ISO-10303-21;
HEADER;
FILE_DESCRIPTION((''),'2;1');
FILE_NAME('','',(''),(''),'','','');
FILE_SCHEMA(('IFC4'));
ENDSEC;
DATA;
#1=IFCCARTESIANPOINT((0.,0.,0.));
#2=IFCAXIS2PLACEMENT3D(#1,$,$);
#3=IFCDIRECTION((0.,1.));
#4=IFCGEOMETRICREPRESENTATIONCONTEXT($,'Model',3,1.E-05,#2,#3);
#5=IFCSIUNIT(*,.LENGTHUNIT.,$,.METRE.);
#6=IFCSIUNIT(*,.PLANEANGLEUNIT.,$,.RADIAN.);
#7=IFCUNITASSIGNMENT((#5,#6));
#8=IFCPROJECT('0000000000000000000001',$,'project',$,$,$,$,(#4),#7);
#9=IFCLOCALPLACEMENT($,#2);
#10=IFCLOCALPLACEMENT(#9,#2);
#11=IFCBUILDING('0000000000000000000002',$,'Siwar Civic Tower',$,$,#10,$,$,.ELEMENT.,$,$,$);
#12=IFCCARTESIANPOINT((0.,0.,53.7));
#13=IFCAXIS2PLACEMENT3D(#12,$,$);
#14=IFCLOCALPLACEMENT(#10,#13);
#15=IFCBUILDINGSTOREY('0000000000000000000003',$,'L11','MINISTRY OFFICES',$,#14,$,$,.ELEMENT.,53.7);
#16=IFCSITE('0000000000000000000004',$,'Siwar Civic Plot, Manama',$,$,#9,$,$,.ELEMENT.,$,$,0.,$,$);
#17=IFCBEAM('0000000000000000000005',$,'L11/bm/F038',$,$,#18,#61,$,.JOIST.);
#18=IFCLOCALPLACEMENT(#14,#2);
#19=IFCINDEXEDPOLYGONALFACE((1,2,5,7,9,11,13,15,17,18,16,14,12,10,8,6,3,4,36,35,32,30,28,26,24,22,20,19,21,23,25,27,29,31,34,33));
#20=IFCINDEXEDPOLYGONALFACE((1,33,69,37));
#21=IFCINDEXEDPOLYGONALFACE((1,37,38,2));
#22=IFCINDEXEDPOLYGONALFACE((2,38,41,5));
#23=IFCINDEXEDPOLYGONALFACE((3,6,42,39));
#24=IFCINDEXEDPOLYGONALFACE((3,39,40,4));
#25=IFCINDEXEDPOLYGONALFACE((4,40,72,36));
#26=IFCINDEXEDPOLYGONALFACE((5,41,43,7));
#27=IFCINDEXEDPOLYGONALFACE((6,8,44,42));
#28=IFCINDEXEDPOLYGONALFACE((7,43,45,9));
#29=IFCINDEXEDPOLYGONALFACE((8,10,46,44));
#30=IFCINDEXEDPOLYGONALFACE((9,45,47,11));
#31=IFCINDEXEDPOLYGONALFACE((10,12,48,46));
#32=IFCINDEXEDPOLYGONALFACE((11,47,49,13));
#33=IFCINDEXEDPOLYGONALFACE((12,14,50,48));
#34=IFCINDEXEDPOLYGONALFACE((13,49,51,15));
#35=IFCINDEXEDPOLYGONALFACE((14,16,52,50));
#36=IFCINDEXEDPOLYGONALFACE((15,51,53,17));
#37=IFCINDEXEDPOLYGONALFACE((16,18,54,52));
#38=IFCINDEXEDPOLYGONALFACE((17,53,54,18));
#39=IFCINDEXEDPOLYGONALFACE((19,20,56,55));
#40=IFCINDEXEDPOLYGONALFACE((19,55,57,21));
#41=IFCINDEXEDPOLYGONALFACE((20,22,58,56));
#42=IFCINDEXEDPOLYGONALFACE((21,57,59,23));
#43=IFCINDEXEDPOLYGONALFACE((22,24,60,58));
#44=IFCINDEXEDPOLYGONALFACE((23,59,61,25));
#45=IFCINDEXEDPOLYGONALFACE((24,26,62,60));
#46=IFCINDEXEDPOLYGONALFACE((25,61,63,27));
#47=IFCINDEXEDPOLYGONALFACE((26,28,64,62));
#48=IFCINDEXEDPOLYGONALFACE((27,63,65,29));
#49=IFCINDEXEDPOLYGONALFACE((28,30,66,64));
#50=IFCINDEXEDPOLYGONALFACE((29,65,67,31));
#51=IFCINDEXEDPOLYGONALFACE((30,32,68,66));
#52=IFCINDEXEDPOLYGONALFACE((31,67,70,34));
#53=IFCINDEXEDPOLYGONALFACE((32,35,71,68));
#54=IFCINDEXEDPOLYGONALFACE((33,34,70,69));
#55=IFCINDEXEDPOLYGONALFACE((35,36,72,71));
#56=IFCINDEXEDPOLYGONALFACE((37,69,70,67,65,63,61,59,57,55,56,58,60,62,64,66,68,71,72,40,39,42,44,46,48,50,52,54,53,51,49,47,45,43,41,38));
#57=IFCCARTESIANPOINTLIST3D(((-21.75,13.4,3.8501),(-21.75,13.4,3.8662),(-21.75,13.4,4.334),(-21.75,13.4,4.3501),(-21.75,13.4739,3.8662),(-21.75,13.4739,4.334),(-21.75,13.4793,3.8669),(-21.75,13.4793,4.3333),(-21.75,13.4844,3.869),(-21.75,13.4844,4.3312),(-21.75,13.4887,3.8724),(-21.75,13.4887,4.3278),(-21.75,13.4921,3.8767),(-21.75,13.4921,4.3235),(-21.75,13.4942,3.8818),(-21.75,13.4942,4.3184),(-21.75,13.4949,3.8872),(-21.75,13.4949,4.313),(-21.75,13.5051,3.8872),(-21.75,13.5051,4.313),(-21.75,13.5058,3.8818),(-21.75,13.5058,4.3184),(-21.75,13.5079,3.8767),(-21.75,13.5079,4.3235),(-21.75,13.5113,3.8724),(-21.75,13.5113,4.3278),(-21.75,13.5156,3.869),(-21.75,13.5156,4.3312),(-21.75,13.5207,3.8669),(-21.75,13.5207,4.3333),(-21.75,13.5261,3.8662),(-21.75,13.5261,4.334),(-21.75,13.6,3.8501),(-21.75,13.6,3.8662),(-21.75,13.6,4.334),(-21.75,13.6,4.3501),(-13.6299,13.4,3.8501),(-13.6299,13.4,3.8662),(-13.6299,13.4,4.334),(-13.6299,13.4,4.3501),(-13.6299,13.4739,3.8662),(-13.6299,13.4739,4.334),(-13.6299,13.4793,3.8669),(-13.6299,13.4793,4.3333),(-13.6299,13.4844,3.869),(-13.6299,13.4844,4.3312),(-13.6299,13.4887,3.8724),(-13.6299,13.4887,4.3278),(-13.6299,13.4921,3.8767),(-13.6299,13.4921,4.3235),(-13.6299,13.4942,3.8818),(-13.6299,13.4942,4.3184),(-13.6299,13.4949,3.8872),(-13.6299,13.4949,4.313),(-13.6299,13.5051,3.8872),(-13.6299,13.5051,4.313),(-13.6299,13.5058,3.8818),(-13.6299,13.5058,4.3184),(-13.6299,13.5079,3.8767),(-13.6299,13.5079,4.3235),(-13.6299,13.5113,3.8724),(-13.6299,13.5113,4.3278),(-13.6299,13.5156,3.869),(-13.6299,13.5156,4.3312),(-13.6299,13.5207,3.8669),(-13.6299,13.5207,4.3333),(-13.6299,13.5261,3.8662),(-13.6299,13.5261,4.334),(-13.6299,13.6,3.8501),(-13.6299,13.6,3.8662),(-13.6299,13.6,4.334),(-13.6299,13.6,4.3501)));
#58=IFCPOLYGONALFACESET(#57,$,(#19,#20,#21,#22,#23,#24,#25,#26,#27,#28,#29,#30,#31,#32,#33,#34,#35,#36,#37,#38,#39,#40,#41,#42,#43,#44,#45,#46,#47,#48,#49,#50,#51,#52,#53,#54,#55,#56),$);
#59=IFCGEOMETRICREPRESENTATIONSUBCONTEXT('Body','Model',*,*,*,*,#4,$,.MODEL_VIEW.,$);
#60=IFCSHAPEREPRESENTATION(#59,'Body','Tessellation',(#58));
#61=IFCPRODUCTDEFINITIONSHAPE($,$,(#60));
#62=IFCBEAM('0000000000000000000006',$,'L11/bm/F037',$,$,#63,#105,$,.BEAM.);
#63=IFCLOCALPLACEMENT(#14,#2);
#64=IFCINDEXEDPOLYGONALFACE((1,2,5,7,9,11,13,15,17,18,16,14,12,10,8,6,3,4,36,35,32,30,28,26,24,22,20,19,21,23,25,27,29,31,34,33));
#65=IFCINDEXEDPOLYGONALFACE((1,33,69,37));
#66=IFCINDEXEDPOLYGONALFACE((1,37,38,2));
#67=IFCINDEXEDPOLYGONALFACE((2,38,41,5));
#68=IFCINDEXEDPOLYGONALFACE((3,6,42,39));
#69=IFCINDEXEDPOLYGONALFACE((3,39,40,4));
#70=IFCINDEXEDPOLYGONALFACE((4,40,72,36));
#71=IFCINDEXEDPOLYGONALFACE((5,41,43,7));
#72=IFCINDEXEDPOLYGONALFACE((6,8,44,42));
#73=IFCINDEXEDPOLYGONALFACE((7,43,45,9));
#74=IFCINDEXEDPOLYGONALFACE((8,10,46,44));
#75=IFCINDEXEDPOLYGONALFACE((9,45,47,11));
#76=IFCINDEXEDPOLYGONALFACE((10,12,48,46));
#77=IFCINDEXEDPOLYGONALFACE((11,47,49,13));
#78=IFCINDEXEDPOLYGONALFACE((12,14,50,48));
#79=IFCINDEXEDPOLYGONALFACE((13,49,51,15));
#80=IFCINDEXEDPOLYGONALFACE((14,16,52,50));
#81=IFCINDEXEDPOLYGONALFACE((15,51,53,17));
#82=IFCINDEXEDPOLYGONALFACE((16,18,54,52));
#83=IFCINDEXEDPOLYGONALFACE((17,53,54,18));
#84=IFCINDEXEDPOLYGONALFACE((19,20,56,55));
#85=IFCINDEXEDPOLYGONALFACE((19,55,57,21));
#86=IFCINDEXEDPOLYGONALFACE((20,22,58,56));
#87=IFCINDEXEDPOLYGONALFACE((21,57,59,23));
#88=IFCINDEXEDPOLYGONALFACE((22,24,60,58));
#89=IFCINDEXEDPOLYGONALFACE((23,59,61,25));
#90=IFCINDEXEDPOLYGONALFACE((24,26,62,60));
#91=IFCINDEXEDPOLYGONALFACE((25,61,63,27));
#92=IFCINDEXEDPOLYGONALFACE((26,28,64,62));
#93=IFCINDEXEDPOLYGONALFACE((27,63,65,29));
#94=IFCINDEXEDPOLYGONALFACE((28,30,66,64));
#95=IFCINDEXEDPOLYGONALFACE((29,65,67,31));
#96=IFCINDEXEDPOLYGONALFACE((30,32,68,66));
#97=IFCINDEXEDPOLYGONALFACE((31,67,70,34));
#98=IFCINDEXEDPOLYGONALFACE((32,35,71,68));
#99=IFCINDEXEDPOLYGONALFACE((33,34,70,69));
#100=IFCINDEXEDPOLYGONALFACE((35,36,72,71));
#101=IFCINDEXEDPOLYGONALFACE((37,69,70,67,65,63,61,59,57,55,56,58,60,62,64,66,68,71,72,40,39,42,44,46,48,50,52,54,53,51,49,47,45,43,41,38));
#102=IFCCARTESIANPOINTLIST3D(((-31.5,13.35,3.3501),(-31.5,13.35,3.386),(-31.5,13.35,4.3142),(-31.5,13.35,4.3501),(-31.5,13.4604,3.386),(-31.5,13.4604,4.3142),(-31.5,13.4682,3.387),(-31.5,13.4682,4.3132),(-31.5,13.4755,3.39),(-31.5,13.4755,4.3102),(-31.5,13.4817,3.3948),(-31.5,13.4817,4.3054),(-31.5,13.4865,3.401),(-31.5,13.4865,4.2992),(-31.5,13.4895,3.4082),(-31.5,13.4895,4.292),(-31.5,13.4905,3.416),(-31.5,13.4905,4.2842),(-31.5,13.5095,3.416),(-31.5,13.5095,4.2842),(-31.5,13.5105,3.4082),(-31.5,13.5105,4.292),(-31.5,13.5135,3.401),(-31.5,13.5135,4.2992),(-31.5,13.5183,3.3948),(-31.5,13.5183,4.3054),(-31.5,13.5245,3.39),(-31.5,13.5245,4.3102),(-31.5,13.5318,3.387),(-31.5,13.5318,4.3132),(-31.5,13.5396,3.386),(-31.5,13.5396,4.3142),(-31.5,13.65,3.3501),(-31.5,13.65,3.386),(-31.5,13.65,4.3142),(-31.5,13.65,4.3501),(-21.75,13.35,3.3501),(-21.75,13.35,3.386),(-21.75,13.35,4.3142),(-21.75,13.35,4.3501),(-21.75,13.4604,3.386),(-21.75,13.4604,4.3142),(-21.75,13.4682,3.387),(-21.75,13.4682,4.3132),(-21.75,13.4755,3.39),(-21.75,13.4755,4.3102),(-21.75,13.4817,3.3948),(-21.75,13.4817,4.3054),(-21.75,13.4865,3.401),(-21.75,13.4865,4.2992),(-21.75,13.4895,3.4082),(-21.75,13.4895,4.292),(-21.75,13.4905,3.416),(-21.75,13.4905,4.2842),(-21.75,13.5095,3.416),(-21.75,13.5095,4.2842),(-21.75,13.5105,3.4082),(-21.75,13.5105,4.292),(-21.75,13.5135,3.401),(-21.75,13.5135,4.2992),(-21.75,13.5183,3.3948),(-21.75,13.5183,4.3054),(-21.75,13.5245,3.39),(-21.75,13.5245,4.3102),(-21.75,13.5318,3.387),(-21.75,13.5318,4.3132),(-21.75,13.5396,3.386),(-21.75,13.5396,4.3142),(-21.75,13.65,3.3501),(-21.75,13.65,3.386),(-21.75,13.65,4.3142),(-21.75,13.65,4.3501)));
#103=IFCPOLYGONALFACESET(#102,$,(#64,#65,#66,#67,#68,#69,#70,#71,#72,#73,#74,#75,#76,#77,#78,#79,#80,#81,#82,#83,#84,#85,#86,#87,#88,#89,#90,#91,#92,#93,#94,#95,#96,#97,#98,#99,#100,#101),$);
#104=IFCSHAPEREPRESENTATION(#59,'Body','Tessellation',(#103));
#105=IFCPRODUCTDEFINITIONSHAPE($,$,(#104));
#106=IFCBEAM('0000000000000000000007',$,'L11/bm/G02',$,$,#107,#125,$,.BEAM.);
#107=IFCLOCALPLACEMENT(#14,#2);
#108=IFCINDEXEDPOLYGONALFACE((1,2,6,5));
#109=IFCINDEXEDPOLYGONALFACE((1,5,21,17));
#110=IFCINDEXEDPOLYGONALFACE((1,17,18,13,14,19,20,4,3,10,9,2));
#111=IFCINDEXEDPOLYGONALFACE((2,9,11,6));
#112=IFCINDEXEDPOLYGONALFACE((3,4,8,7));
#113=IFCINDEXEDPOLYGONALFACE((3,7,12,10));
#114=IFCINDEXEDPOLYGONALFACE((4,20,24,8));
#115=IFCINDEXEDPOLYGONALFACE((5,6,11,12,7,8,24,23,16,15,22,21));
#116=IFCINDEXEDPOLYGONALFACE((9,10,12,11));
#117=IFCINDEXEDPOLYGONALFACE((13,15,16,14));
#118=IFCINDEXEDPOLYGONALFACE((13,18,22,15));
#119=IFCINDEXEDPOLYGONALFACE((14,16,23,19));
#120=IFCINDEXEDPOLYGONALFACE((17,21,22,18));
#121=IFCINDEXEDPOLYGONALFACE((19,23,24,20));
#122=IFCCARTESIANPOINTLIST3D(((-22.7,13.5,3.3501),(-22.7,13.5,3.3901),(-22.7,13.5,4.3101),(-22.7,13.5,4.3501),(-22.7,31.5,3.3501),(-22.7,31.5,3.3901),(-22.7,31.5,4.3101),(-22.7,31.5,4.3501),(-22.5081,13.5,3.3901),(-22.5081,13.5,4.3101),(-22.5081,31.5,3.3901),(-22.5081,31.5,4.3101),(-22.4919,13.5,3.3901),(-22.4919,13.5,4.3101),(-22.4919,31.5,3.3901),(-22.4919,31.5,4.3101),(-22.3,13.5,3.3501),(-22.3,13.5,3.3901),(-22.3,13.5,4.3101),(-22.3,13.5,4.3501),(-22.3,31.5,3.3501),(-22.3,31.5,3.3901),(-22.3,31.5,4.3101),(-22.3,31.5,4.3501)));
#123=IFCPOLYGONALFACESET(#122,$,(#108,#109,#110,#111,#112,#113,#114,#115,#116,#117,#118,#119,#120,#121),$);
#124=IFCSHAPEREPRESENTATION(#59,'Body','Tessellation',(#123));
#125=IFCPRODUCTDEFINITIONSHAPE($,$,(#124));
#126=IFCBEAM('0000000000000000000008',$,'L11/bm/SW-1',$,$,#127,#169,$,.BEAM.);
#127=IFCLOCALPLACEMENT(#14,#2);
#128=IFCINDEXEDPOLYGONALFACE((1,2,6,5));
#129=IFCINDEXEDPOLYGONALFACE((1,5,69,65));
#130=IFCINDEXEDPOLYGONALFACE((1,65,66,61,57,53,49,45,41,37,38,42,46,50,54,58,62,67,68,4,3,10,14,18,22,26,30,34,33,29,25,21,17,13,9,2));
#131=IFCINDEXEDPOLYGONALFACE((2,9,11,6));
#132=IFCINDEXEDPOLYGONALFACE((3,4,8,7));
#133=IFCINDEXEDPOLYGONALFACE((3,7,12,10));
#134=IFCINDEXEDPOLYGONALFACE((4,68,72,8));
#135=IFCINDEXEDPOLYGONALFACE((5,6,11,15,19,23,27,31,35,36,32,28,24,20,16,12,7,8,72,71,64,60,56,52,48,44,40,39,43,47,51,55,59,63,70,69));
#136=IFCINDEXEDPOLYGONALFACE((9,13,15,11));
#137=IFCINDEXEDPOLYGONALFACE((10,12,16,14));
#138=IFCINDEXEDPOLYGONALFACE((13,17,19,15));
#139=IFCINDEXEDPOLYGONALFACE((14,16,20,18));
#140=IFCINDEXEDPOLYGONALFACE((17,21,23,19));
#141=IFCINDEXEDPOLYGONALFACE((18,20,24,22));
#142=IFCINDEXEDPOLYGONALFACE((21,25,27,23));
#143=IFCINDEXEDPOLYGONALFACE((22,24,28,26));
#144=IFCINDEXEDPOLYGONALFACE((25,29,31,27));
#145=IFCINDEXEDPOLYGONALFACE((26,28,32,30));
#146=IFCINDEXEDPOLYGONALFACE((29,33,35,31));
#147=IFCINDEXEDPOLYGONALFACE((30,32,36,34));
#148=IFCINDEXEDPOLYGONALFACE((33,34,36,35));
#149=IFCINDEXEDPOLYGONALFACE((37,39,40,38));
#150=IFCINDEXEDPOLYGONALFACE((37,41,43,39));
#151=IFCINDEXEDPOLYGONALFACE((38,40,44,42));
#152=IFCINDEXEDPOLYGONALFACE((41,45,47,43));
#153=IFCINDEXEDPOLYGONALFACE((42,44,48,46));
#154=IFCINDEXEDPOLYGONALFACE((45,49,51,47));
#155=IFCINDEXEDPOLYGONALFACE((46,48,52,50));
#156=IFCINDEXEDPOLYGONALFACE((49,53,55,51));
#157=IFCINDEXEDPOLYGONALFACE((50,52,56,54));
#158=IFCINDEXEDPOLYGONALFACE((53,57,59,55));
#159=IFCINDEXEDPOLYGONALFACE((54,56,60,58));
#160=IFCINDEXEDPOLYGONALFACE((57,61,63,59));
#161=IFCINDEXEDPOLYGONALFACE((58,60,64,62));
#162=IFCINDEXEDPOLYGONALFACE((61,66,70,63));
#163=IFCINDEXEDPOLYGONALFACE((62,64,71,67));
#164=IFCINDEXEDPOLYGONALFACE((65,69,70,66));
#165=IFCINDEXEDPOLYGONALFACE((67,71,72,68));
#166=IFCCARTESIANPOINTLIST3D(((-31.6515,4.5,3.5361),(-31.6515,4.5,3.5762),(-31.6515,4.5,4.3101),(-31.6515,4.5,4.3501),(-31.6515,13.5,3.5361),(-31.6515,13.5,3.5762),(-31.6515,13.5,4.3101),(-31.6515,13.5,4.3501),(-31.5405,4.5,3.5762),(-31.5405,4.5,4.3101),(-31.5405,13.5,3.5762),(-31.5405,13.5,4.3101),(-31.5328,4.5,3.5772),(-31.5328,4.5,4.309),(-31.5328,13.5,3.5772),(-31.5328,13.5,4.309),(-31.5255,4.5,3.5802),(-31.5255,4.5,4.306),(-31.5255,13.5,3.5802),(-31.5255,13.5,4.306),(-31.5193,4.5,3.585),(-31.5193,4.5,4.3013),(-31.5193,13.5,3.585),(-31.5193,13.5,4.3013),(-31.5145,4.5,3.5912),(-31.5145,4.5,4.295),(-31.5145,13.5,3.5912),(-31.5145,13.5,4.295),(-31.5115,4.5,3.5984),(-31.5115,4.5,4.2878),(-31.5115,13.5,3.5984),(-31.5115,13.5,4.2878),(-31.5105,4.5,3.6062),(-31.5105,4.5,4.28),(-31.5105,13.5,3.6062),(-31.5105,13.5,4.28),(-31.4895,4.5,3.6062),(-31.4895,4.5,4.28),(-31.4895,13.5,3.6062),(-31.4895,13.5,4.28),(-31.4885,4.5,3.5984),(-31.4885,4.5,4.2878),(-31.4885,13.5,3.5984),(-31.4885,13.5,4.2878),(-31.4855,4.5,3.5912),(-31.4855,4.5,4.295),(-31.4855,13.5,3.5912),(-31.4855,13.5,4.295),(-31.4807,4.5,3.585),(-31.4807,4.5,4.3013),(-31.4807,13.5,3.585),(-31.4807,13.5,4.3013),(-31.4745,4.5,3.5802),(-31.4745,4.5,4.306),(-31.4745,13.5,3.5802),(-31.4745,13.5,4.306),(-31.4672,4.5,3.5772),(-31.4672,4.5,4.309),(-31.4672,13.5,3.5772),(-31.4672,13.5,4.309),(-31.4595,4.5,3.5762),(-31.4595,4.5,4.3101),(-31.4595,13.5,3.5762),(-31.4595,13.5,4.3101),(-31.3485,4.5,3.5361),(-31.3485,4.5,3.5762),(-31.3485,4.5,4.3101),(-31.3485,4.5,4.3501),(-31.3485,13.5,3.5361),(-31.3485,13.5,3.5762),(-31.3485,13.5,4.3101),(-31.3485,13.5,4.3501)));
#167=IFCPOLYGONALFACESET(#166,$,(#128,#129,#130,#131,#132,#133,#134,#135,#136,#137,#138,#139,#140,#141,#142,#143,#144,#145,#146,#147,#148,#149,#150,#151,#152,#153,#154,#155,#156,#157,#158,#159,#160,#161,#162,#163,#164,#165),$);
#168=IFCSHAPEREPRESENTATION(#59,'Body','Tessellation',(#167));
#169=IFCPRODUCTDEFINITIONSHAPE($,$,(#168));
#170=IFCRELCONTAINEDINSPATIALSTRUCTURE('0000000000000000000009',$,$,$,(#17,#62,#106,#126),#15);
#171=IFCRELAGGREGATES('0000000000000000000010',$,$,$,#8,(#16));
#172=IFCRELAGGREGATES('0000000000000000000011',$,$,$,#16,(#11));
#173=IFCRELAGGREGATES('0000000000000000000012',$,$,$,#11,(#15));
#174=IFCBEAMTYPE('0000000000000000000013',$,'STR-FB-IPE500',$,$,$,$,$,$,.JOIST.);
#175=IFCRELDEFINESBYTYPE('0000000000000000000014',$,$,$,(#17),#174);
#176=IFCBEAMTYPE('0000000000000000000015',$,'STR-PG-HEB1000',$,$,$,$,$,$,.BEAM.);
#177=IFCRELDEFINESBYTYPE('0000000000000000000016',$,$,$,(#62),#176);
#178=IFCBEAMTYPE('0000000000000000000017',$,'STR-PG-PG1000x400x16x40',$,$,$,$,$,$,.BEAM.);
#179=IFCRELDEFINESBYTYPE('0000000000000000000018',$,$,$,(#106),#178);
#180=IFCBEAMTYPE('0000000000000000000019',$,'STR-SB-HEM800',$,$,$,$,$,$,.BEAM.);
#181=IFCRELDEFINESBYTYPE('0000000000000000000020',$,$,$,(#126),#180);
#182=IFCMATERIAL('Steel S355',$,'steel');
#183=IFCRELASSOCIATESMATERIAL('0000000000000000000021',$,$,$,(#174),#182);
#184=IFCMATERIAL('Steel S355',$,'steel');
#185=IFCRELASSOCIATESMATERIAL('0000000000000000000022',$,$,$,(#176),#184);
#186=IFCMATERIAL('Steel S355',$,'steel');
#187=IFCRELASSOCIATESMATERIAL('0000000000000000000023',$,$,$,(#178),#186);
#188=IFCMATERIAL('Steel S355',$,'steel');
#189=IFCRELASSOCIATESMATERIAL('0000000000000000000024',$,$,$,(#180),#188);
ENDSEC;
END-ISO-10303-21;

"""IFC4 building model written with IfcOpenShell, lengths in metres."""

from ifc_helpers import new_model, si_unit, direction, frame, origin, origin_2d, place, context, subcontext, project, spatial, i_section, extrude, material, material_profile, profile_set, type_object, element, save


model = new_model("IFC4")

# Units and contexts
model_context = context("Model", 3, precision=1e-05, world=origin(), true_north=direction((0.0, 1.0)))
body_context = subcontext(model_context, "Body", "Model", "MODEL_VIEW")
ifc_project = project(units=[si_unit("LENGTHUNIT", "METRE"), si_unit("PLANEANGLEUNIT", "RADIAN")], contexts=[model_context])

# Site, building, storey
site_placement = place(None, origin())
site = spatial("IfcSite", under=ifc_project, at=site_placement, Name="Siwar Civic Plot, Manama", CompositionType="ELEMENT", RefElevation=0.0)
building_placement = place(site_placement, origin())
building = spatial("IfcBuilding", under=site, at=building_placement, Name="Siwar Civic Tower", CompositionType="ELEMENT")
storey_placement = place(building_placement, frame((0.0, 0.0, 53.7)))
storey = spatial("IfcBuildingStorey", under=building, at=storey_placement, Name="L11", Description="MINISTRY OFFICES", CompositionType="ELEMENT", Elevation=53.7)

# Beams
ifc_material_1 = material(Name="Steel S355", Category="steel")
ifc_material_profile_1 = material_profile(ifc_material_1, i_section(OverallWidth=0.2, OverallDepth=0.5, WebThickness=0.0103, FlangeThickness=0.0161, FilletRadius=0.021, at=origin_2d()), Name="IPE500")
ifc_profile_set_1 = profile_set([ifc_material_profile_1], Name="Steel S355")
beam_type_1 = type_object("IfcBeamType", Name="STR-FB-IPE500", PredefinedType="JOIST", material=ifc_profile_set_1)
beam_1_placement = place(storey_placement, frame((-21.75, 13.5, 4.1001), z_axis=(1.0, 0.0, 0.0), x_axis=(0.0, 1.0, 0.0)))
element("IfcBeam", 1, at=beam_1_placement, inside=storey, type_object=beam_type_1, Name="L11/bm/F038", PredefinedType="JOIST", context=body_context, shape_type="SweptSolid", body=[
    extrude(i_section(OverallWidth=0.2, OverallDepth=0.5, WebThickness=0.0103, FlangeThickness=0.0161, FilletRadius=0.021, at=origin_2d()), origin(), (0.0, 0.0, 1.0), 8.1201),
])
ifc_material_2 = material(Name="Steel S355", Category="steel")
ifc_material_profile_2 = material_profile(ifc_material_2, i_section(OverallWidth=0.3, OverallDepth=1.0, WebThickness=0.019, FlangeThickness=0.0359, FilletRadius=0.03, at=origin_2d()), Name="HEB1000")
ifc_profile_set_2 = profile_set([ifc_material_profile_2], Name="Steel S355")
beam_type_2 = type_object("IfcBeamType", Name="STR-PG-HEB1000", PredefinedType="BEAM", material=ifc_profile_set_2)
beam_2_placement = place(storey_placement, frame((-31.5, 13.5, 3.8501), z_axis=(1.0, 0.0, 0.0), x_axis=(0.0, 1.0, 0.0)))
element("IfcBeam", 2, at=beam_2_placement, inside=storey, type_object=beam_type_2, Name="L11/bm/F037", PredefinedType="BEAM", context=body_context, shape_type="SweptSolid", body=[
    extrude(i_section(OverallWidth=0.3, OverallDepth=1.0, WebThickness=0.019, FlangeThickness=0.0359, FilletRadius=0.03, at=origin_2d()), origin(), (0.0, 0.0, 1.0), 9.75),
])
ifc_material_3 = material(Name="Steel S355", Category="steel")
ifc_material_profile_3 = material_profile(ifc_material_3, i_section(OverallWidth=0.3999, OverallDepth=1.0, WebThickness=0.0161, FlangeThickness=0.04, at=origin_2d()), Name="PG1000x400x16x40")
ifc_profile_set_3 = profile_set([ifc_material_profile_3], Name="Steel S355")
beam_type_3 = type_object("IfcBeamType", Name="STR-PG-PG1000x400x16x40", PredefinedType="BEAM", material=ifc_profile_set_3)
beam_3_placement = place(storey_placement, frame((-22.5, 13.5, 3.8501), z_axis=(0.0, 1.0, 0.0), x_axis=(-1.0, 0.0, 0.0)))
element("IfcBeam", 3, at=beam_3_placement, inside=storey, type_object=beam_type_3, Name="L11/bm/G02", PredefinedType="BEAM", context=body_context, shape_type="SweptSolid", body=[
    extrude(i_section(OverallWidth=0.3999, OverallDepth=1.0, WebThickness=0.0161, FlangeThickness=0.04, at=origin_2d()), origin(), (0.0, 0.0, 1.0), 18.0),
])
ifc_material_4 = material(Name="Steel S355", Category="steel")
ifc_material_profile_4 = material_profile(ifc_material_4, i_section(OverallWidth=0.303, OverallDepth=0.814, WebThickness=0.021, FlangeThickness=0.04, FilletRadius=0.03, at=origin_2d()), Name="HEM800")
ifc_profile_set_4 = profile_set([ifc_material_profile_4], Name="Steel S355")
beam_type_4 = type_object("IfcBeamType", Name="STR-SB-HEM800", PredefinedType="BEAM", material=ifc_profile_set_4)
for number, where, z_axis, x_axis, name in (
    (4, (-31.5, 13.5, 3.9431), (0.0, -1.0, 0.0), (1.0, 0.0, 0.0), "L11/bm/SW-1"),
):
    element("IfcBeam", number, at=place(storey_placement, frame(where, z_axis=z_axis, x_axis=x_axis)), inside=storey, type_object=beam_type_4, Name=name, PredefinedType="BEAM", context=body_context, shape_type="SweptSolid", body=[
        extrude(i_section(OverallWidth=0.303, OverallDepth=0.814, WebThickness=0.021, FlangeThickness=0.04, FilletRadius=0.03, at=origin_2d()), origin(), (0.0, 0.0, 1.0), 9.0),
    ])

save(model, "model.ifc")
